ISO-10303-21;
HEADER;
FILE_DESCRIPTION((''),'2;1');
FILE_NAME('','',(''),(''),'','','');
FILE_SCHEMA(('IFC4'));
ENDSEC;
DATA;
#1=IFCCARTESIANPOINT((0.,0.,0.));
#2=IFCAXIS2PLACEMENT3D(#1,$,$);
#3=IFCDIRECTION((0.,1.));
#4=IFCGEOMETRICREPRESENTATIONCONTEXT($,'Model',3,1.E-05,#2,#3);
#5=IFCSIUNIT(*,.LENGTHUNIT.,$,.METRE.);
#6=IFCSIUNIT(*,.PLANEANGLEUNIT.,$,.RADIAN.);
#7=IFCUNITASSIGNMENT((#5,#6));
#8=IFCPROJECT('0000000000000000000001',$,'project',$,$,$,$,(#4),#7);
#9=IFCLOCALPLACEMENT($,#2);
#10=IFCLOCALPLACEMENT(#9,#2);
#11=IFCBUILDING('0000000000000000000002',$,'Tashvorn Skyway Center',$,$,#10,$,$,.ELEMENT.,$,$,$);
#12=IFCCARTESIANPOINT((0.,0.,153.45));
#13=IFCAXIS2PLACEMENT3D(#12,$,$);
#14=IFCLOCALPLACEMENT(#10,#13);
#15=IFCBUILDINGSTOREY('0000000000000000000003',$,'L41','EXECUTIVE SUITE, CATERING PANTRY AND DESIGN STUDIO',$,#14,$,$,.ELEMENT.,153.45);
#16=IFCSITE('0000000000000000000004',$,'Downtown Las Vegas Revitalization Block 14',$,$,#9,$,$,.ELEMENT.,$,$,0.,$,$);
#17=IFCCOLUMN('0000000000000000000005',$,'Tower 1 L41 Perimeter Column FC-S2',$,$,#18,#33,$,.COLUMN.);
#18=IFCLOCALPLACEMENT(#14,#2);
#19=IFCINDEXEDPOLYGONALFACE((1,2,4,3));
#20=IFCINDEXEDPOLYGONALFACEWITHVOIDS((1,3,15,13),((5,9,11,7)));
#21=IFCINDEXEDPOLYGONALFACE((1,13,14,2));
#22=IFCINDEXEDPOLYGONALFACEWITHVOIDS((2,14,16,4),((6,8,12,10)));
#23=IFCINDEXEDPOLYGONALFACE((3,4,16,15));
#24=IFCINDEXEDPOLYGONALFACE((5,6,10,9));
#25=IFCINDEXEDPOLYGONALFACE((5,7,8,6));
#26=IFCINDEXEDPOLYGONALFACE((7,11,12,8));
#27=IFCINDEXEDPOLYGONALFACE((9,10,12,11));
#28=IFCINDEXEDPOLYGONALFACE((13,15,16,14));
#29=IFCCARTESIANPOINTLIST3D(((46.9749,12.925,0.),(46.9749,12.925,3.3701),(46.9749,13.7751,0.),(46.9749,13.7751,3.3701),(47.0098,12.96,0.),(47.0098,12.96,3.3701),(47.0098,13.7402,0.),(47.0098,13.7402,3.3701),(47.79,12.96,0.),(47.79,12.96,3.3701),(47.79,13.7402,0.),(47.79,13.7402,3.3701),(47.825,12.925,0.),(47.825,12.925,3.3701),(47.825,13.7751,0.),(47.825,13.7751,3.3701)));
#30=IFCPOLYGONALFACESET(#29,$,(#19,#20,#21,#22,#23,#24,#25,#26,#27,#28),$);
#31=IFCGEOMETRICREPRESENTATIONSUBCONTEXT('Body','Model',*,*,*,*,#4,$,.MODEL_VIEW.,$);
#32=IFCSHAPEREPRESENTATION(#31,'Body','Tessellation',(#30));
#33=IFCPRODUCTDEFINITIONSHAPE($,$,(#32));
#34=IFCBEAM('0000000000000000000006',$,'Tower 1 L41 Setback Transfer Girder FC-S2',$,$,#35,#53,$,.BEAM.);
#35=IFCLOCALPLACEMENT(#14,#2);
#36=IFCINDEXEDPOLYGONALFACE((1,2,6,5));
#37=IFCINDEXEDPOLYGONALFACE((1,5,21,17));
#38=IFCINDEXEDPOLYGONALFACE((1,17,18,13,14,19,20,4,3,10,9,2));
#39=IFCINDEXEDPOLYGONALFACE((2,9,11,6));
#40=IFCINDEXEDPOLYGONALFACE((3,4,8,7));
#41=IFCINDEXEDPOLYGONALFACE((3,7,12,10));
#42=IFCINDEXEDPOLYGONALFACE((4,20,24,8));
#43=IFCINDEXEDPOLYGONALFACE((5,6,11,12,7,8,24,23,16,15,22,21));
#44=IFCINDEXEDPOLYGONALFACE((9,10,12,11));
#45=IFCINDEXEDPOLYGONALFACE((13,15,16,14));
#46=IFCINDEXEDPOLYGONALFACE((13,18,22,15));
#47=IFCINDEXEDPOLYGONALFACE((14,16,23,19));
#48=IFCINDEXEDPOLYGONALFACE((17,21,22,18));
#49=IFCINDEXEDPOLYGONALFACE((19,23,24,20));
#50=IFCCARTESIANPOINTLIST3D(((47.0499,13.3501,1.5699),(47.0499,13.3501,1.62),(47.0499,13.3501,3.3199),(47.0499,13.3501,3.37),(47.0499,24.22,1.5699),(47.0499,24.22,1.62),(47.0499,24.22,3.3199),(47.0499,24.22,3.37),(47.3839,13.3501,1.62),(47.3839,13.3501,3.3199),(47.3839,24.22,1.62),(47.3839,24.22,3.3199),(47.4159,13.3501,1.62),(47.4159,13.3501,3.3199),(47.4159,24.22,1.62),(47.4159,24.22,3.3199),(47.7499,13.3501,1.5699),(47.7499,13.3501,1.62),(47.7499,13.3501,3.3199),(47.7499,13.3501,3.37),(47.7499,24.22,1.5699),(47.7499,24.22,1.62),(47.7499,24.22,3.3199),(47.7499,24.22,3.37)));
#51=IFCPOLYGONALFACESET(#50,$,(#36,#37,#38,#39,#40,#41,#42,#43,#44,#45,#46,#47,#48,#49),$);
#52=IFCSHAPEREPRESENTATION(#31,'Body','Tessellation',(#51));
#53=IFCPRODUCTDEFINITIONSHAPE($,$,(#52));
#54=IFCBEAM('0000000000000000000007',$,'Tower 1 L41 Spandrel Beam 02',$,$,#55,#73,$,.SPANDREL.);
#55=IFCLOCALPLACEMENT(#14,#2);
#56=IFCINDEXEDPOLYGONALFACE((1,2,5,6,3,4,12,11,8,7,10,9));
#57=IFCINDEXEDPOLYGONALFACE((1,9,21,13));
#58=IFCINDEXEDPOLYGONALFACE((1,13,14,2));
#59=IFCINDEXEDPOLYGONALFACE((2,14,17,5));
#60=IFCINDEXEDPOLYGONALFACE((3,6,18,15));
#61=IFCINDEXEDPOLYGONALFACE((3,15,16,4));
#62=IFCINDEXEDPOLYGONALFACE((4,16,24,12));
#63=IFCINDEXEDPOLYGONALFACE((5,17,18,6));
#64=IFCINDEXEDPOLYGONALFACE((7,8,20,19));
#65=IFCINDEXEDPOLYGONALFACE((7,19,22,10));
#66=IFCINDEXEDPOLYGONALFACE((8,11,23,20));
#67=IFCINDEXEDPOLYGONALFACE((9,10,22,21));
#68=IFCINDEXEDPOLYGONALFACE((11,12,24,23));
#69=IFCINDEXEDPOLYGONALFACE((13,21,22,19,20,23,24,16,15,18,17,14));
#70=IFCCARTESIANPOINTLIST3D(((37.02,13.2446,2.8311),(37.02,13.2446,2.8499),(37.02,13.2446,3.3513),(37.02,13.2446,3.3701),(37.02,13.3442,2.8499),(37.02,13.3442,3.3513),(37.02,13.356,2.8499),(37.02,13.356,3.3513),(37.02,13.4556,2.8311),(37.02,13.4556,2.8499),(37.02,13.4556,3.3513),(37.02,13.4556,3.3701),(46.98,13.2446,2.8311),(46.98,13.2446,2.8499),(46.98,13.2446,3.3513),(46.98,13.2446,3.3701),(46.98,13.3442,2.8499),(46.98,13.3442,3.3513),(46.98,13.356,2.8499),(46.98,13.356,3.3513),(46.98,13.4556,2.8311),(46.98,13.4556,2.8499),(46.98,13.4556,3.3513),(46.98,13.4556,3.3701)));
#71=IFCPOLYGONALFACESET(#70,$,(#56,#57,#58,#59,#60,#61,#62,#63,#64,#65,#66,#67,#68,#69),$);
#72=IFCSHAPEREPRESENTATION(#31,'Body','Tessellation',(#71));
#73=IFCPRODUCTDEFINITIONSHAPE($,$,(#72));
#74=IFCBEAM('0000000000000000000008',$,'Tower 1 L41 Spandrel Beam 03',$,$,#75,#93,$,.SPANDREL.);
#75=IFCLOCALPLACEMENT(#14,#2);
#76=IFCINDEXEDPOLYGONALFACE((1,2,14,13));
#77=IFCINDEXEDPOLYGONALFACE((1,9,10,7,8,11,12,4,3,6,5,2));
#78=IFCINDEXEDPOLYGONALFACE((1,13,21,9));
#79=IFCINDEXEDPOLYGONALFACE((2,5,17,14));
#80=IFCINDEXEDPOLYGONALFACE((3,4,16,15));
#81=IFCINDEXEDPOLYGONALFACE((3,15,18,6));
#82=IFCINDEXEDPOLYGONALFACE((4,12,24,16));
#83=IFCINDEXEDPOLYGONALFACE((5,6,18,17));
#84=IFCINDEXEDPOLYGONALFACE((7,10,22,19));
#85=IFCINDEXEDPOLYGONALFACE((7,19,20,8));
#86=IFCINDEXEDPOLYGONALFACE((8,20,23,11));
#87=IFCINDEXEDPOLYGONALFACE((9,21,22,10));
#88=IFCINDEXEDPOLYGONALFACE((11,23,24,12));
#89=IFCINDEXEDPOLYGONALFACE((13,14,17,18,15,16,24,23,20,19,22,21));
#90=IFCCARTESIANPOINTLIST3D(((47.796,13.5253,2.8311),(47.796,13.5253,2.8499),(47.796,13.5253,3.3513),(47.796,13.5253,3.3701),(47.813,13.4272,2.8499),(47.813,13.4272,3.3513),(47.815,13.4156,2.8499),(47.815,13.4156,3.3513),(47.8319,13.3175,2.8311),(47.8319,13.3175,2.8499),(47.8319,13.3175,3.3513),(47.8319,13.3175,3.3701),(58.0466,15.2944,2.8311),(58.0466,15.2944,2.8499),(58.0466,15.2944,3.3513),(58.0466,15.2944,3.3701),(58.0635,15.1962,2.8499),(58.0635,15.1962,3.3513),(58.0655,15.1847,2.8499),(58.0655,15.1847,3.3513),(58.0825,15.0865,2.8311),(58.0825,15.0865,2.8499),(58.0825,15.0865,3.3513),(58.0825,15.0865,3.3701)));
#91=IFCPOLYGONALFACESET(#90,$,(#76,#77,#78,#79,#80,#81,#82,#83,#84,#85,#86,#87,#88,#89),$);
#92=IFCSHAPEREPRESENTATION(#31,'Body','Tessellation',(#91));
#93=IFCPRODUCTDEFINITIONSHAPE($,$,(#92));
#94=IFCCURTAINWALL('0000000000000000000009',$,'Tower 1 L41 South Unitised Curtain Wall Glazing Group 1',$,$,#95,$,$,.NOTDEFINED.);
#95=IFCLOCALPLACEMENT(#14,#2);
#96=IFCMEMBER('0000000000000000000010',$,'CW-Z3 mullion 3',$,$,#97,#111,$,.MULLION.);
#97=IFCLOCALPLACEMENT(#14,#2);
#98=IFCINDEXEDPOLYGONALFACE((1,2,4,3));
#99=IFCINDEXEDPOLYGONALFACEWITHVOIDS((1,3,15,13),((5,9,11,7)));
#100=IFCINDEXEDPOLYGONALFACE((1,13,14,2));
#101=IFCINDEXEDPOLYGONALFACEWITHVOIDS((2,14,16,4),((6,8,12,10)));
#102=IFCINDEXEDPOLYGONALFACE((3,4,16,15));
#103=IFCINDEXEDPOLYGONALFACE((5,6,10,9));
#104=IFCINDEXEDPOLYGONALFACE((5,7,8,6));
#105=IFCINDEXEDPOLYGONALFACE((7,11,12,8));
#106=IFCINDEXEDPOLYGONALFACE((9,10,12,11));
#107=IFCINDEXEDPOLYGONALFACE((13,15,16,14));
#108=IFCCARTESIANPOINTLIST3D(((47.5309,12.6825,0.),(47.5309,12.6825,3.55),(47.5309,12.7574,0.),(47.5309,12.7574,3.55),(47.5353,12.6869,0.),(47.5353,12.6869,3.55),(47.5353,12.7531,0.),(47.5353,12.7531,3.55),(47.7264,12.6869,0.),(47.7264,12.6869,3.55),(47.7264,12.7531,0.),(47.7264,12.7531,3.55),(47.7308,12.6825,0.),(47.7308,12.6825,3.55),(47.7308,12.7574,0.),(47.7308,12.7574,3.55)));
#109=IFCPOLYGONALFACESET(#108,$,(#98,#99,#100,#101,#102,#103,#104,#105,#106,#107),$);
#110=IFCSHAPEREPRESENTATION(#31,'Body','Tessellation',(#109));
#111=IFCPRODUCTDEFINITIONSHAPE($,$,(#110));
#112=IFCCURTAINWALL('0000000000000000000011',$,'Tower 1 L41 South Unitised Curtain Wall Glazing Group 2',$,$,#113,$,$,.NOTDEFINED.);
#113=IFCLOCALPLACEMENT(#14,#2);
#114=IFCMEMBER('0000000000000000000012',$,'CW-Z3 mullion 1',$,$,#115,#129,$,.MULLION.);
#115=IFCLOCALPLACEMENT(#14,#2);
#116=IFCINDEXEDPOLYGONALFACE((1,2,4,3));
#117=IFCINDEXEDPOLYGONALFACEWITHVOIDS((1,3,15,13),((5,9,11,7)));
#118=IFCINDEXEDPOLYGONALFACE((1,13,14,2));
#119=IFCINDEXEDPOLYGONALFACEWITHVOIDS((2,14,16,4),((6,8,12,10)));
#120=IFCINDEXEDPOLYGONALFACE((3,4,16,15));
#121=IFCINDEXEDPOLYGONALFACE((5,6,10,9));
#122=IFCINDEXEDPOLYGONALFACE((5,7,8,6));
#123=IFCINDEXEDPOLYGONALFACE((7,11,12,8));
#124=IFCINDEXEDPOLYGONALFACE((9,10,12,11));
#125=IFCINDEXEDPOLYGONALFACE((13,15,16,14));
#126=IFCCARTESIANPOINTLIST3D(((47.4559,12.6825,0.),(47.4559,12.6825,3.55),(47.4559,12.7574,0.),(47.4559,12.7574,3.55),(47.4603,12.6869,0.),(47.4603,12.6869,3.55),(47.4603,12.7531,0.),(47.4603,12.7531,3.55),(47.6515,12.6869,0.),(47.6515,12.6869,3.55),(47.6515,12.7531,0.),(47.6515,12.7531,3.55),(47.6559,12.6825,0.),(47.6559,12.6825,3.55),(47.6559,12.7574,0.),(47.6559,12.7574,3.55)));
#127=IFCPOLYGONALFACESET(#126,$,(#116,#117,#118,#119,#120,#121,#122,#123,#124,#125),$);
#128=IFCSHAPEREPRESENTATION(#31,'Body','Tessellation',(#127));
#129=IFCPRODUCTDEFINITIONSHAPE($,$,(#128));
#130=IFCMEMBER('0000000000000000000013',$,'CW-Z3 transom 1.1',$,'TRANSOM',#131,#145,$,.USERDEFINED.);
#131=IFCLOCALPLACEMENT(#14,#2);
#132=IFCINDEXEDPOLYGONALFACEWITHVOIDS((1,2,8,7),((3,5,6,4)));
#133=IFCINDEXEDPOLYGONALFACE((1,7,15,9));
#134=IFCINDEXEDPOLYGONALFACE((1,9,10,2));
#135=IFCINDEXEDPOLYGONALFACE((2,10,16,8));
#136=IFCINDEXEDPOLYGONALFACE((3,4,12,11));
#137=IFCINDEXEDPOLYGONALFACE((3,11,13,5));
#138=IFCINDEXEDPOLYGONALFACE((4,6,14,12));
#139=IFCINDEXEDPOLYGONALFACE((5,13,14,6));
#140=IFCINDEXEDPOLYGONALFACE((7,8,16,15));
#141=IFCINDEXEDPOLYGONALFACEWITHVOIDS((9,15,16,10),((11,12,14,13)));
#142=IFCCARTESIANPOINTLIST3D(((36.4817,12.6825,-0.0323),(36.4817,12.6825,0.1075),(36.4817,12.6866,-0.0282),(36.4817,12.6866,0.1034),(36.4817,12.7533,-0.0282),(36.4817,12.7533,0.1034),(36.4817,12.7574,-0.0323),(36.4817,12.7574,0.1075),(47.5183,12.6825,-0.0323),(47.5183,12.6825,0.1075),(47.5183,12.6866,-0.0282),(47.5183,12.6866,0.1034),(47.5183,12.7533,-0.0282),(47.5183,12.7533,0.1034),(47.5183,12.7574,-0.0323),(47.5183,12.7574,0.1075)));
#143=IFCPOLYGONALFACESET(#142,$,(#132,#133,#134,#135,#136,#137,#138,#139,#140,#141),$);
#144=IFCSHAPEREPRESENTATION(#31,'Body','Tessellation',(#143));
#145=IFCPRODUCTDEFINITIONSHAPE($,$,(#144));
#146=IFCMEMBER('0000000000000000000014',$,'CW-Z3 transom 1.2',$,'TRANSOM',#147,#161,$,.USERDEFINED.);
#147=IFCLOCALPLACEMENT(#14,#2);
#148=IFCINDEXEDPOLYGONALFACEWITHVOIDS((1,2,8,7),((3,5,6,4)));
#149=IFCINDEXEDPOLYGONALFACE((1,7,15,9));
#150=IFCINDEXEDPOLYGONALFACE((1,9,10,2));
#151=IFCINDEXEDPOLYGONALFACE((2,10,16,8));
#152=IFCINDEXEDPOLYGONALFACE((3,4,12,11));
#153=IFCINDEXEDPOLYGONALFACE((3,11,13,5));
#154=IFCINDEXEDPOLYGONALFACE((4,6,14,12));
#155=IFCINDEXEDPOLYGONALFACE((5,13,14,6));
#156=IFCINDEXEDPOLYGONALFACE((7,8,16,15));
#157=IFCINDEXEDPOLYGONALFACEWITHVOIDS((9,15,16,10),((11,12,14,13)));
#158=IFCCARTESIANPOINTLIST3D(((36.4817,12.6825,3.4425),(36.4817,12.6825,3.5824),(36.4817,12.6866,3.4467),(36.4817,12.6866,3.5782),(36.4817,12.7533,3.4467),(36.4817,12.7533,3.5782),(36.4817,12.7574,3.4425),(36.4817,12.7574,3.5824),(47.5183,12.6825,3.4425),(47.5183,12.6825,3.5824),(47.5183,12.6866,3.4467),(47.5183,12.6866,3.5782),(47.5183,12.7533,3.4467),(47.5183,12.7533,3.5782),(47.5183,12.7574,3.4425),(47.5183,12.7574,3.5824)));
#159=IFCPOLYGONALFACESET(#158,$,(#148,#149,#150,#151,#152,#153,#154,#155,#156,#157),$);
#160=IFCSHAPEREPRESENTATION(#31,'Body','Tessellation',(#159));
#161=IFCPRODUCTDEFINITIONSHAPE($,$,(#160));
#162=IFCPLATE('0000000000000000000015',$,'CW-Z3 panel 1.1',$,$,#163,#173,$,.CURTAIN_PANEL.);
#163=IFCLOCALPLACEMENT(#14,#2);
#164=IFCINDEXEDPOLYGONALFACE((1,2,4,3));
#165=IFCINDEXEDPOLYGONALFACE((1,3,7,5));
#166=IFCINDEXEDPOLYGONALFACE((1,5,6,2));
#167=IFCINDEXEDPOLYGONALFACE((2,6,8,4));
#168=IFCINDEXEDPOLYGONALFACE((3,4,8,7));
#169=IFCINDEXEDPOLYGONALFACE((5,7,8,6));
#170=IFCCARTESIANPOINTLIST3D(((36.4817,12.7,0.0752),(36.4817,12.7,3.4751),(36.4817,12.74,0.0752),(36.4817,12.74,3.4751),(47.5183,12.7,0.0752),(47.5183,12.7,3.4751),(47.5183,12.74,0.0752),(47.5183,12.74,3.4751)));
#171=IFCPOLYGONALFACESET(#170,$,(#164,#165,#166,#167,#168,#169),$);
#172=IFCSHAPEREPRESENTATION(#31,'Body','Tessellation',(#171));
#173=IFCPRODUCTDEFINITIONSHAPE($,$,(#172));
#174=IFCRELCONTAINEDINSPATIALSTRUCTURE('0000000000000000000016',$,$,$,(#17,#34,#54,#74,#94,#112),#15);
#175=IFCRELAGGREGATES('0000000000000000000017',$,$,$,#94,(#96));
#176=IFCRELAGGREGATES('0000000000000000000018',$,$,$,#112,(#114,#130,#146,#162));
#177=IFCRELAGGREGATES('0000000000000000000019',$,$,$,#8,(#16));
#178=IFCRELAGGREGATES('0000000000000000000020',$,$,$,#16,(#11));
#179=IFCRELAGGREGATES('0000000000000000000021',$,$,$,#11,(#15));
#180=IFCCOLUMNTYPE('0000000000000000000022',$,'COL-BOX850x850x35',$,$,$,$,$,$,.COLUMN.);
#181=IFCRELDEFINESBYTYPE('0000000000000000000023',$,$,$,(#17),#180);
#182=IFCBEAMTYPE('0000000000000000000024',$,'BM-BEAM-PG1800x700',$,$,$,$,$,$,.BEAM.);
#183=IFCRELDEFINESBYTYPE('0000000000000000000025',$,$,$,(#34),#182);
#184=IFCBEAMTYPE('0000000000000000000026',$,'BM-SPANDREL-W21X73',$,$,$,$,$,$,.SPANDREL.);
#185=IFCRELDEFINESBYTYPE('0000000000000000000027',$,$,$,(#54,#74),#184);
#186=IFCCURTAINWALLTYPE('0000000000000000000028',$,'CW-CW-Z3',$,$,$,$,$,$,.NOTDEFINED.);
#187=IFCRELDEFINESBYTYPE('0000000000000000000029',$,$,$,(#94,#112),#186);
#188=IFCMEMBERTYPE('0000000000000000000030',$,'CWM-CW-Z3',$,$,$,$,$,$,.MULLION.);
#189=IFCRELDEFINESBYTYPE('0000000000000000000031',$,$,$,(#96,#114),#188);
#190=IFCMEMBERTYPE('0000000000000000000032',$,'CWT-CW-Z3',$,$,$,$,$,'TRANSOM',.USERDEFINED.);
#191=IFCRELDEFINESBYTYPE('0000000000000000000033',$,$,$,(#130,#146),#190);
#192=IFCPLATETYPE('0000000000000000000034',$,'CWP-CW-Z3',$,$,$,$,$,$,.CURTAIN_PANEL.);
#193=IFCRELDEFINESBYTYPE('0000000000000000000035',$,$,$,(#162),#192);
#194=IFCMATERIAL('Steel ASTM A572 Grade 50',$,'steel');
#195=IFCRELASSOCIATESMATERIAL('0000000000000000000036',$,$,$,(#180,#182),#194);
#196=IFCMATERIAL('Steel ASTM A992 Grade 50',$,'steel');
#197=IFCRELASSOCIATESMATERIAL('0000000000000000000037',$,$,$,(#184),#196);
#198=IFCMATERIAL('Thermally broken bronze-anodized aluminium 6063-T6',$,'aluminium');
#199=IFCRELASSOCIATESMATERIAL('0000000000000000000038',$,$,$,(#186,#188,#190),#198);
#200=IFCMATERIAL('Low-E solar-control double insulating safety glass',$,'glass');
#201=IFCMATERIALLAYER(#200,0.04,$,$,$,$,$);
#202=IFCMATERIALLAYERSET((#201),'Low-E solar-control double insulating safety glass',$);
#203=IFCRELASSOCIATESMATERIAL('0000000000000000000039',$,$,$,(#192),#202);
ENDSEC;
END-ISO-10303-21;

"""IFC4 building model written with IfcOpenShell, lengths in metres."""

from ifc_helpers import new_model, si_unit, direction, frame, origin, origin_2d, place, context, subcontext, project, spatial, rectangle, hollow_rectangle, i_section, extrude, material, layer, layer_set, material_profile, profile_set, type_object, element, aggregate, save


model = new_model("IFC4")

# Units and contexts
model_context = context("Model", 3, precision=1e-05, world=origin(), true_north=direction((0.0, 1.0)))
body_context = subcontext(model_context, "Body", "Model", "MODEL_VIEW")
ifc_project = project(units=[si_unit("LENGTHUNIT", "METRE"), si_unit("PLANEANGLEUNIT", "RADIAN")], contexts=[model_context])

# Site, building, storey
site_placement = place(None, origin())
site = spatial("IfcSite", under=ifc_project, at=site_placement, Name="Downtown Las Vegas Revitalization Block 14", CompositionType="ELEMENT", RefElevation=0.0)
building_placement = place(site_placement, origin())
building = spatial("IfcBuilding", under=site, at=building_placement, Name="Tashvorn Skyway Center", CompositionType="ELEMENT")
storey_placement = place(building_placement, frame((0.0, 0.0, 153.45)))
storey = spatial("IfcBuildingStorey", under=building, at=storey_placement, Name="L41", Description="EXECUTIVE SUITE, CATERING PANTRY AND DESIGN STUDIO", CompositionType="ELEMENT", Elevation=153.45)

# Column
ifc_material_1 = material(Name="Steel ASTM A572 Grade 50", Category="steel")
ifc_material_profile_1 = material_profile(ifc_material_1, hollow_rectangle(XDim=0.8501, YDim=0.8501, WallThickness=0.0349, at=origin_2d()), Name="BOX850x850x35")
ifc_profile_set_1 = profile_set([ifc_material_profile_1], Name="Steel ASTM A572 Grade 50")
column_type = type_object("IfcColumnType", Name="COL-BOX850x850x35", PredefinedType="COLUMN", material=ifc_profile_set_1)
column_placement = place(storey_placement, frame((47.3999, 13.3501, 0.0), z_axis=(0.0, 0.0, 1.0), x_axis=(1.0, 0.0, 0.0)))
element("IfcColumn", 1, at=column_placement, inside=storey, type_object=column_type, Name="Tower 1 L41 Perimeter Column FC-S2", PredefinedType="COLUMN", context=body_context, shape_type="SweptSolid", body=[
    extrude(hollow_rectangle(XDim=0.8501, YDim=0.8501, WallThickness=0.0349, at=origin_2d()), origin(), (0.0, 0.0, 1.0), 3.3701),
])

# Beams
ifc_material_profile_2 = material_profile(ifc_material_1, i_section(OverallWidth=0.7, OverallDepth=1.8, WebThickness=0.032, FlangeThickness=0.05, at=origin_2d()), Name="PG1800x700")
ifc_profile_set_2 = profile_set([ifc_material_profile_2], Name="Steel ASTM A572 Grade 50")
beam_type_1 = type_object("IfcBeamType", Name="BM-BEAM-PG1800x700", PredefinedType="BEAM", material=ifc_profile_set_2)
beam_1_placement = place(storey_placement, frame((47.3999, 13.3501, 2.47), z_axis=(0.0, 1.0, 0.0), x_axis=(-1.0, 0.0, 0.0)))
element("IfcBeam", 2, at=beam_1_placement, inside=storey, type_object=beam_type_1, Name="Tower 1 L41 Setback Transfer Girder FC-S2", PredefinedType="BEAM", context=body_context, shape_type="SweptSolid", body=[
    extrude(i_section(OverallWidth=0.7, OverallDepth=1.8, WebThickness=0.032, FlangeThickness=0.05, at=origin_2d()), origin(), (0.0, 0.0, 1.0), 10.8699),
])
ifc_material_2 = material(Name="Steel ASTM A992 Grade 50", Category="steel")
ifc_material_profile_3 = material_profile(ifc_material_2, i_section(OverallWidth=0.2109, OverallDepth=0.5391, WebThickness=0.0117, FlangeThickness=0.0188, at=origin_2d()), Name="W21X73")
ifc_profile_set_3 = profile_set([ifc_material_profile_3], Name="Steel ASTM A992 Grade 50")
beam_type_2 = type_object("IfcBeamType", Name="BM-SPANDREL-W21X73", PredefinedType="SPANDREL", material=ifc_profile_set_3)
beam_2_placement = place(storey_placement, frame((37.02, 13.3501, 3.1006), z_axis=(1.0, 0.0, 0.0), x_axis=(0.0, 1.0, 0.0)))
element("IfcBeam", 3, at=beam_2_placement, inside=storey, type_object=beam_type_2, Name="Tower 1 L41 Spandrel Beam 02", PredefinedType="SPANDREL", context=body_context, shape_type="SweptSolid", body=[
    extrude(i_section(OverallWidth=0.2109, OverallDepth=0.5391, WebThickness=0.0117, FlangeThickness=0.0188, at=origin_2d()), origin(), (0.0, 0.0, 1.0), 9.96),
])
beam_3_placement = place(storey_placement, frame((47.814, 13.4214, 3.1006), z_axis=(0.985432, 0.170067, 0.0), x_axis=(-0.170067, 0.985432, 0.0)))
element("IfcBeam", 4, at=beam_3_placement, inside=storey, type_object=beam_type_2, Name="Tower 1 L41 Spandrel Beam 03", PredefinedType="SPANDREL", context=body_context, shape_type="SweptSolid", body=[
    extrude(i_section(OverallWidth=0.2109, OverallDepth=0.5391, WebThickness=0.0117, FlangeThickness=0.0188, at=origin_2d()), origin(), (0.0, 0.0, 1.0), 10.4021),
])

# Curtain wall, member
ifc_material_3 = material(Name="Thermally broken bronze-anodized aluminium 6063-T6", Category="aluminium")
curtain_wall_type = type_object("IfcCurtainWallType", Name="CW-CW-Z3", PredefinedType="NOTDEFINED", material=ifc_material_3)
curtain_wall_1_placement = place(storey_placement, origin())
curtain_wall_1 = element("IfcCurtainWall", 5, at=curtain_wall_1_placement, inside=storey, type_object=curtain_wall_type, Name="Tower 1 L41 South Unitised Curtain Wall Glazing Group 1", PredefinedType="NOTDEFINED")
ifc_material_profile_4 = material_profile(ifc_material_3, hollow_rectangle(XDim=0.075, YDim=0.2, WallThickness=0.0044, at=origin_2d()), Name="ALU-MULL-75x200")
ifc_profile_set_4 = profile_set([ifc_material_profile_4], Name="Thermally broken bronze-anodized aluminium 6063-T6")
member_type_1 = type_object("IfcMemberType", Name="CWM-CW-Z3", PredefinedType="MULLION", material=ifc_profile_set_4)
member_1_placement = place(storey_placement, frame((47.6309, 12.72, 0.0), z_axis=(0.0, 0.0, 1.0), x_axis=(0.0, -1.0, 0.0)))
member_1 = element("IfcMember", 6, at=member_1_placement, type_object=member_type_1, Name="CW-Z3 mullion 3", PredefinedType="MULLION", context=body_context, shape_type="SweptSolid", body=[
    extrude(hollow_rectangle(XDim=0.075, YDim=0.2, WallThickness=0.0044, at=origin_2d()), origin(), (0.0, 0.0, 1.0), 3.55),
])
aggregate(curtain_wall_1, [member_1])

# Curtain wall, members, plate
curtain_wall_2_placement = place(storey_placement, origin())
curtain_wall_2 = element("IfcCurtainWall", 7, at=curtain_wall_2_placement, inside=storey, type_object=curtain_wall_type, Name="Tower 1 L41 South Unitised Curtain Wall Glazing Group 2", PredefinedType="NOTDEFINED")
member_2_placement = place(storey_placement, frame((47.5559, 12.72, 0.0), z_axis=(0.0, 0.0, 1.0), x_axis=(0.0, -1.0, 0.0)))
member_2 = element("IfcMember", 8, at=member_2_placement, type_object=member_type_1, Name="CW-Z3 mullion 1", PredefinedType="MULLION", context=body_context, shape_type="SweptSolid", body=[
    extrude(hollow_rectangle(XDim=0.075, YDim=0.2, WallThickness=0.0044, at=origin_2d()), origin(), (0.0, 0.0, 1.0), 3.55),
])
ifc_material_profile_5 = material_profile(ifc_material_3, hollow_rectangle(XDim=0.075, YDim=0.1399, WallThickness=0.0042, at=origin_2d()), Name="ALU-TRAN-75x140")
ifc_profile_set_5 = profile_set([ifc_material_profile_5], Name="Thermally broken bronze-anodized aluminium 6063-T6")
member_type_2 = type_object("IfcMemberType", Name="CWT-CW-Z3", ElementType="TRANSOM", PredefinedType="USERDEFINED", material=ifc_profile_set_5)
member_3_placement = place(storey_placement, frame((47.5183, 12.72, 0.0376), z_axis=(-1.0, 0.0, 0.0), x_axis=(0.0, -1.0, 0.0)))
member_3 = element("IfcMember", 9, at=member_3_placement, type_object=member_type_2, Name="CW-Z3 transom 1.1", ObjectType="TRANSOM", PredefinedType="USERDEFINED", context=body_context, shape_type="SweptSolid", body=[
    extrude(hollow_rectangle(XDim=0.075, YDim=0.1399, WallThickness=0.0042, at=origin_2d()), origin(), (0.0, 0.0, 1.0), 11.0366),
])
member_4_placement = place(storey_placement, frame((47.5183, 12.72, 3.5125), z_axis=(-1.0, 0.0, 0.0), x_axis=(0.0, -1.0, 0.0)))
member_4 = element("IfcMember", 10, at=member_4_placement, type_object=member_type_2, Name="CW-Z3 transom 1.2", ObjectType="TRANSOM", PredefinedType="USERDEFINED", context=body_context, shape_type="SweptSolid", body=[
    extrude(hollow_rectangle(XDim=0.075, YDim=0.1399, WallThickness=0.0042, at=origin_2d()), origin(), (0.0, 0.0, 1.0), 11.0366),
])
ifc_material_4 = material(Name="Low-E solar-control double insulating safety glass", Category="glass")
ifc_layer_1 = layer(ifc_material_4, 0.04)
ifc_layer_set_1 = layer_set([ifc_layer_1], Name="Low-E solar-control double insulating safety glass")
plate_type_1 = type_object("IfcPlateType", Name="CWP-CW-Z3", PredefinedType="CURTAIN_PANEL", material=ifc_layer_set_1)
plate_1_placement = place(storey_placement, frame((42.0, 12.72, 0.0752), z_axis=(0.0, 0.0, 1.0), x_axis=(-1.0, 0.0, 0.0)))
plate_1 = element("IfcPlate", 11, at=plate_1_placement, type_object=plate_type_1, Name="CW-Z3 panel 1.1", PredefinedType="CURTAIN_PANEL", context=body_context, shape_type="SweptSolid", body=[
    extrude(rectangle(XDim=11.0366, YDim=0.04, at=origin_2d()), origin(), (0.0, 0.0, 1.0), 3.3999),
])
aggregate(curtain_wall_2, [member_2, member_3, member_4, plate_1])

save(model, "model.ifc")
